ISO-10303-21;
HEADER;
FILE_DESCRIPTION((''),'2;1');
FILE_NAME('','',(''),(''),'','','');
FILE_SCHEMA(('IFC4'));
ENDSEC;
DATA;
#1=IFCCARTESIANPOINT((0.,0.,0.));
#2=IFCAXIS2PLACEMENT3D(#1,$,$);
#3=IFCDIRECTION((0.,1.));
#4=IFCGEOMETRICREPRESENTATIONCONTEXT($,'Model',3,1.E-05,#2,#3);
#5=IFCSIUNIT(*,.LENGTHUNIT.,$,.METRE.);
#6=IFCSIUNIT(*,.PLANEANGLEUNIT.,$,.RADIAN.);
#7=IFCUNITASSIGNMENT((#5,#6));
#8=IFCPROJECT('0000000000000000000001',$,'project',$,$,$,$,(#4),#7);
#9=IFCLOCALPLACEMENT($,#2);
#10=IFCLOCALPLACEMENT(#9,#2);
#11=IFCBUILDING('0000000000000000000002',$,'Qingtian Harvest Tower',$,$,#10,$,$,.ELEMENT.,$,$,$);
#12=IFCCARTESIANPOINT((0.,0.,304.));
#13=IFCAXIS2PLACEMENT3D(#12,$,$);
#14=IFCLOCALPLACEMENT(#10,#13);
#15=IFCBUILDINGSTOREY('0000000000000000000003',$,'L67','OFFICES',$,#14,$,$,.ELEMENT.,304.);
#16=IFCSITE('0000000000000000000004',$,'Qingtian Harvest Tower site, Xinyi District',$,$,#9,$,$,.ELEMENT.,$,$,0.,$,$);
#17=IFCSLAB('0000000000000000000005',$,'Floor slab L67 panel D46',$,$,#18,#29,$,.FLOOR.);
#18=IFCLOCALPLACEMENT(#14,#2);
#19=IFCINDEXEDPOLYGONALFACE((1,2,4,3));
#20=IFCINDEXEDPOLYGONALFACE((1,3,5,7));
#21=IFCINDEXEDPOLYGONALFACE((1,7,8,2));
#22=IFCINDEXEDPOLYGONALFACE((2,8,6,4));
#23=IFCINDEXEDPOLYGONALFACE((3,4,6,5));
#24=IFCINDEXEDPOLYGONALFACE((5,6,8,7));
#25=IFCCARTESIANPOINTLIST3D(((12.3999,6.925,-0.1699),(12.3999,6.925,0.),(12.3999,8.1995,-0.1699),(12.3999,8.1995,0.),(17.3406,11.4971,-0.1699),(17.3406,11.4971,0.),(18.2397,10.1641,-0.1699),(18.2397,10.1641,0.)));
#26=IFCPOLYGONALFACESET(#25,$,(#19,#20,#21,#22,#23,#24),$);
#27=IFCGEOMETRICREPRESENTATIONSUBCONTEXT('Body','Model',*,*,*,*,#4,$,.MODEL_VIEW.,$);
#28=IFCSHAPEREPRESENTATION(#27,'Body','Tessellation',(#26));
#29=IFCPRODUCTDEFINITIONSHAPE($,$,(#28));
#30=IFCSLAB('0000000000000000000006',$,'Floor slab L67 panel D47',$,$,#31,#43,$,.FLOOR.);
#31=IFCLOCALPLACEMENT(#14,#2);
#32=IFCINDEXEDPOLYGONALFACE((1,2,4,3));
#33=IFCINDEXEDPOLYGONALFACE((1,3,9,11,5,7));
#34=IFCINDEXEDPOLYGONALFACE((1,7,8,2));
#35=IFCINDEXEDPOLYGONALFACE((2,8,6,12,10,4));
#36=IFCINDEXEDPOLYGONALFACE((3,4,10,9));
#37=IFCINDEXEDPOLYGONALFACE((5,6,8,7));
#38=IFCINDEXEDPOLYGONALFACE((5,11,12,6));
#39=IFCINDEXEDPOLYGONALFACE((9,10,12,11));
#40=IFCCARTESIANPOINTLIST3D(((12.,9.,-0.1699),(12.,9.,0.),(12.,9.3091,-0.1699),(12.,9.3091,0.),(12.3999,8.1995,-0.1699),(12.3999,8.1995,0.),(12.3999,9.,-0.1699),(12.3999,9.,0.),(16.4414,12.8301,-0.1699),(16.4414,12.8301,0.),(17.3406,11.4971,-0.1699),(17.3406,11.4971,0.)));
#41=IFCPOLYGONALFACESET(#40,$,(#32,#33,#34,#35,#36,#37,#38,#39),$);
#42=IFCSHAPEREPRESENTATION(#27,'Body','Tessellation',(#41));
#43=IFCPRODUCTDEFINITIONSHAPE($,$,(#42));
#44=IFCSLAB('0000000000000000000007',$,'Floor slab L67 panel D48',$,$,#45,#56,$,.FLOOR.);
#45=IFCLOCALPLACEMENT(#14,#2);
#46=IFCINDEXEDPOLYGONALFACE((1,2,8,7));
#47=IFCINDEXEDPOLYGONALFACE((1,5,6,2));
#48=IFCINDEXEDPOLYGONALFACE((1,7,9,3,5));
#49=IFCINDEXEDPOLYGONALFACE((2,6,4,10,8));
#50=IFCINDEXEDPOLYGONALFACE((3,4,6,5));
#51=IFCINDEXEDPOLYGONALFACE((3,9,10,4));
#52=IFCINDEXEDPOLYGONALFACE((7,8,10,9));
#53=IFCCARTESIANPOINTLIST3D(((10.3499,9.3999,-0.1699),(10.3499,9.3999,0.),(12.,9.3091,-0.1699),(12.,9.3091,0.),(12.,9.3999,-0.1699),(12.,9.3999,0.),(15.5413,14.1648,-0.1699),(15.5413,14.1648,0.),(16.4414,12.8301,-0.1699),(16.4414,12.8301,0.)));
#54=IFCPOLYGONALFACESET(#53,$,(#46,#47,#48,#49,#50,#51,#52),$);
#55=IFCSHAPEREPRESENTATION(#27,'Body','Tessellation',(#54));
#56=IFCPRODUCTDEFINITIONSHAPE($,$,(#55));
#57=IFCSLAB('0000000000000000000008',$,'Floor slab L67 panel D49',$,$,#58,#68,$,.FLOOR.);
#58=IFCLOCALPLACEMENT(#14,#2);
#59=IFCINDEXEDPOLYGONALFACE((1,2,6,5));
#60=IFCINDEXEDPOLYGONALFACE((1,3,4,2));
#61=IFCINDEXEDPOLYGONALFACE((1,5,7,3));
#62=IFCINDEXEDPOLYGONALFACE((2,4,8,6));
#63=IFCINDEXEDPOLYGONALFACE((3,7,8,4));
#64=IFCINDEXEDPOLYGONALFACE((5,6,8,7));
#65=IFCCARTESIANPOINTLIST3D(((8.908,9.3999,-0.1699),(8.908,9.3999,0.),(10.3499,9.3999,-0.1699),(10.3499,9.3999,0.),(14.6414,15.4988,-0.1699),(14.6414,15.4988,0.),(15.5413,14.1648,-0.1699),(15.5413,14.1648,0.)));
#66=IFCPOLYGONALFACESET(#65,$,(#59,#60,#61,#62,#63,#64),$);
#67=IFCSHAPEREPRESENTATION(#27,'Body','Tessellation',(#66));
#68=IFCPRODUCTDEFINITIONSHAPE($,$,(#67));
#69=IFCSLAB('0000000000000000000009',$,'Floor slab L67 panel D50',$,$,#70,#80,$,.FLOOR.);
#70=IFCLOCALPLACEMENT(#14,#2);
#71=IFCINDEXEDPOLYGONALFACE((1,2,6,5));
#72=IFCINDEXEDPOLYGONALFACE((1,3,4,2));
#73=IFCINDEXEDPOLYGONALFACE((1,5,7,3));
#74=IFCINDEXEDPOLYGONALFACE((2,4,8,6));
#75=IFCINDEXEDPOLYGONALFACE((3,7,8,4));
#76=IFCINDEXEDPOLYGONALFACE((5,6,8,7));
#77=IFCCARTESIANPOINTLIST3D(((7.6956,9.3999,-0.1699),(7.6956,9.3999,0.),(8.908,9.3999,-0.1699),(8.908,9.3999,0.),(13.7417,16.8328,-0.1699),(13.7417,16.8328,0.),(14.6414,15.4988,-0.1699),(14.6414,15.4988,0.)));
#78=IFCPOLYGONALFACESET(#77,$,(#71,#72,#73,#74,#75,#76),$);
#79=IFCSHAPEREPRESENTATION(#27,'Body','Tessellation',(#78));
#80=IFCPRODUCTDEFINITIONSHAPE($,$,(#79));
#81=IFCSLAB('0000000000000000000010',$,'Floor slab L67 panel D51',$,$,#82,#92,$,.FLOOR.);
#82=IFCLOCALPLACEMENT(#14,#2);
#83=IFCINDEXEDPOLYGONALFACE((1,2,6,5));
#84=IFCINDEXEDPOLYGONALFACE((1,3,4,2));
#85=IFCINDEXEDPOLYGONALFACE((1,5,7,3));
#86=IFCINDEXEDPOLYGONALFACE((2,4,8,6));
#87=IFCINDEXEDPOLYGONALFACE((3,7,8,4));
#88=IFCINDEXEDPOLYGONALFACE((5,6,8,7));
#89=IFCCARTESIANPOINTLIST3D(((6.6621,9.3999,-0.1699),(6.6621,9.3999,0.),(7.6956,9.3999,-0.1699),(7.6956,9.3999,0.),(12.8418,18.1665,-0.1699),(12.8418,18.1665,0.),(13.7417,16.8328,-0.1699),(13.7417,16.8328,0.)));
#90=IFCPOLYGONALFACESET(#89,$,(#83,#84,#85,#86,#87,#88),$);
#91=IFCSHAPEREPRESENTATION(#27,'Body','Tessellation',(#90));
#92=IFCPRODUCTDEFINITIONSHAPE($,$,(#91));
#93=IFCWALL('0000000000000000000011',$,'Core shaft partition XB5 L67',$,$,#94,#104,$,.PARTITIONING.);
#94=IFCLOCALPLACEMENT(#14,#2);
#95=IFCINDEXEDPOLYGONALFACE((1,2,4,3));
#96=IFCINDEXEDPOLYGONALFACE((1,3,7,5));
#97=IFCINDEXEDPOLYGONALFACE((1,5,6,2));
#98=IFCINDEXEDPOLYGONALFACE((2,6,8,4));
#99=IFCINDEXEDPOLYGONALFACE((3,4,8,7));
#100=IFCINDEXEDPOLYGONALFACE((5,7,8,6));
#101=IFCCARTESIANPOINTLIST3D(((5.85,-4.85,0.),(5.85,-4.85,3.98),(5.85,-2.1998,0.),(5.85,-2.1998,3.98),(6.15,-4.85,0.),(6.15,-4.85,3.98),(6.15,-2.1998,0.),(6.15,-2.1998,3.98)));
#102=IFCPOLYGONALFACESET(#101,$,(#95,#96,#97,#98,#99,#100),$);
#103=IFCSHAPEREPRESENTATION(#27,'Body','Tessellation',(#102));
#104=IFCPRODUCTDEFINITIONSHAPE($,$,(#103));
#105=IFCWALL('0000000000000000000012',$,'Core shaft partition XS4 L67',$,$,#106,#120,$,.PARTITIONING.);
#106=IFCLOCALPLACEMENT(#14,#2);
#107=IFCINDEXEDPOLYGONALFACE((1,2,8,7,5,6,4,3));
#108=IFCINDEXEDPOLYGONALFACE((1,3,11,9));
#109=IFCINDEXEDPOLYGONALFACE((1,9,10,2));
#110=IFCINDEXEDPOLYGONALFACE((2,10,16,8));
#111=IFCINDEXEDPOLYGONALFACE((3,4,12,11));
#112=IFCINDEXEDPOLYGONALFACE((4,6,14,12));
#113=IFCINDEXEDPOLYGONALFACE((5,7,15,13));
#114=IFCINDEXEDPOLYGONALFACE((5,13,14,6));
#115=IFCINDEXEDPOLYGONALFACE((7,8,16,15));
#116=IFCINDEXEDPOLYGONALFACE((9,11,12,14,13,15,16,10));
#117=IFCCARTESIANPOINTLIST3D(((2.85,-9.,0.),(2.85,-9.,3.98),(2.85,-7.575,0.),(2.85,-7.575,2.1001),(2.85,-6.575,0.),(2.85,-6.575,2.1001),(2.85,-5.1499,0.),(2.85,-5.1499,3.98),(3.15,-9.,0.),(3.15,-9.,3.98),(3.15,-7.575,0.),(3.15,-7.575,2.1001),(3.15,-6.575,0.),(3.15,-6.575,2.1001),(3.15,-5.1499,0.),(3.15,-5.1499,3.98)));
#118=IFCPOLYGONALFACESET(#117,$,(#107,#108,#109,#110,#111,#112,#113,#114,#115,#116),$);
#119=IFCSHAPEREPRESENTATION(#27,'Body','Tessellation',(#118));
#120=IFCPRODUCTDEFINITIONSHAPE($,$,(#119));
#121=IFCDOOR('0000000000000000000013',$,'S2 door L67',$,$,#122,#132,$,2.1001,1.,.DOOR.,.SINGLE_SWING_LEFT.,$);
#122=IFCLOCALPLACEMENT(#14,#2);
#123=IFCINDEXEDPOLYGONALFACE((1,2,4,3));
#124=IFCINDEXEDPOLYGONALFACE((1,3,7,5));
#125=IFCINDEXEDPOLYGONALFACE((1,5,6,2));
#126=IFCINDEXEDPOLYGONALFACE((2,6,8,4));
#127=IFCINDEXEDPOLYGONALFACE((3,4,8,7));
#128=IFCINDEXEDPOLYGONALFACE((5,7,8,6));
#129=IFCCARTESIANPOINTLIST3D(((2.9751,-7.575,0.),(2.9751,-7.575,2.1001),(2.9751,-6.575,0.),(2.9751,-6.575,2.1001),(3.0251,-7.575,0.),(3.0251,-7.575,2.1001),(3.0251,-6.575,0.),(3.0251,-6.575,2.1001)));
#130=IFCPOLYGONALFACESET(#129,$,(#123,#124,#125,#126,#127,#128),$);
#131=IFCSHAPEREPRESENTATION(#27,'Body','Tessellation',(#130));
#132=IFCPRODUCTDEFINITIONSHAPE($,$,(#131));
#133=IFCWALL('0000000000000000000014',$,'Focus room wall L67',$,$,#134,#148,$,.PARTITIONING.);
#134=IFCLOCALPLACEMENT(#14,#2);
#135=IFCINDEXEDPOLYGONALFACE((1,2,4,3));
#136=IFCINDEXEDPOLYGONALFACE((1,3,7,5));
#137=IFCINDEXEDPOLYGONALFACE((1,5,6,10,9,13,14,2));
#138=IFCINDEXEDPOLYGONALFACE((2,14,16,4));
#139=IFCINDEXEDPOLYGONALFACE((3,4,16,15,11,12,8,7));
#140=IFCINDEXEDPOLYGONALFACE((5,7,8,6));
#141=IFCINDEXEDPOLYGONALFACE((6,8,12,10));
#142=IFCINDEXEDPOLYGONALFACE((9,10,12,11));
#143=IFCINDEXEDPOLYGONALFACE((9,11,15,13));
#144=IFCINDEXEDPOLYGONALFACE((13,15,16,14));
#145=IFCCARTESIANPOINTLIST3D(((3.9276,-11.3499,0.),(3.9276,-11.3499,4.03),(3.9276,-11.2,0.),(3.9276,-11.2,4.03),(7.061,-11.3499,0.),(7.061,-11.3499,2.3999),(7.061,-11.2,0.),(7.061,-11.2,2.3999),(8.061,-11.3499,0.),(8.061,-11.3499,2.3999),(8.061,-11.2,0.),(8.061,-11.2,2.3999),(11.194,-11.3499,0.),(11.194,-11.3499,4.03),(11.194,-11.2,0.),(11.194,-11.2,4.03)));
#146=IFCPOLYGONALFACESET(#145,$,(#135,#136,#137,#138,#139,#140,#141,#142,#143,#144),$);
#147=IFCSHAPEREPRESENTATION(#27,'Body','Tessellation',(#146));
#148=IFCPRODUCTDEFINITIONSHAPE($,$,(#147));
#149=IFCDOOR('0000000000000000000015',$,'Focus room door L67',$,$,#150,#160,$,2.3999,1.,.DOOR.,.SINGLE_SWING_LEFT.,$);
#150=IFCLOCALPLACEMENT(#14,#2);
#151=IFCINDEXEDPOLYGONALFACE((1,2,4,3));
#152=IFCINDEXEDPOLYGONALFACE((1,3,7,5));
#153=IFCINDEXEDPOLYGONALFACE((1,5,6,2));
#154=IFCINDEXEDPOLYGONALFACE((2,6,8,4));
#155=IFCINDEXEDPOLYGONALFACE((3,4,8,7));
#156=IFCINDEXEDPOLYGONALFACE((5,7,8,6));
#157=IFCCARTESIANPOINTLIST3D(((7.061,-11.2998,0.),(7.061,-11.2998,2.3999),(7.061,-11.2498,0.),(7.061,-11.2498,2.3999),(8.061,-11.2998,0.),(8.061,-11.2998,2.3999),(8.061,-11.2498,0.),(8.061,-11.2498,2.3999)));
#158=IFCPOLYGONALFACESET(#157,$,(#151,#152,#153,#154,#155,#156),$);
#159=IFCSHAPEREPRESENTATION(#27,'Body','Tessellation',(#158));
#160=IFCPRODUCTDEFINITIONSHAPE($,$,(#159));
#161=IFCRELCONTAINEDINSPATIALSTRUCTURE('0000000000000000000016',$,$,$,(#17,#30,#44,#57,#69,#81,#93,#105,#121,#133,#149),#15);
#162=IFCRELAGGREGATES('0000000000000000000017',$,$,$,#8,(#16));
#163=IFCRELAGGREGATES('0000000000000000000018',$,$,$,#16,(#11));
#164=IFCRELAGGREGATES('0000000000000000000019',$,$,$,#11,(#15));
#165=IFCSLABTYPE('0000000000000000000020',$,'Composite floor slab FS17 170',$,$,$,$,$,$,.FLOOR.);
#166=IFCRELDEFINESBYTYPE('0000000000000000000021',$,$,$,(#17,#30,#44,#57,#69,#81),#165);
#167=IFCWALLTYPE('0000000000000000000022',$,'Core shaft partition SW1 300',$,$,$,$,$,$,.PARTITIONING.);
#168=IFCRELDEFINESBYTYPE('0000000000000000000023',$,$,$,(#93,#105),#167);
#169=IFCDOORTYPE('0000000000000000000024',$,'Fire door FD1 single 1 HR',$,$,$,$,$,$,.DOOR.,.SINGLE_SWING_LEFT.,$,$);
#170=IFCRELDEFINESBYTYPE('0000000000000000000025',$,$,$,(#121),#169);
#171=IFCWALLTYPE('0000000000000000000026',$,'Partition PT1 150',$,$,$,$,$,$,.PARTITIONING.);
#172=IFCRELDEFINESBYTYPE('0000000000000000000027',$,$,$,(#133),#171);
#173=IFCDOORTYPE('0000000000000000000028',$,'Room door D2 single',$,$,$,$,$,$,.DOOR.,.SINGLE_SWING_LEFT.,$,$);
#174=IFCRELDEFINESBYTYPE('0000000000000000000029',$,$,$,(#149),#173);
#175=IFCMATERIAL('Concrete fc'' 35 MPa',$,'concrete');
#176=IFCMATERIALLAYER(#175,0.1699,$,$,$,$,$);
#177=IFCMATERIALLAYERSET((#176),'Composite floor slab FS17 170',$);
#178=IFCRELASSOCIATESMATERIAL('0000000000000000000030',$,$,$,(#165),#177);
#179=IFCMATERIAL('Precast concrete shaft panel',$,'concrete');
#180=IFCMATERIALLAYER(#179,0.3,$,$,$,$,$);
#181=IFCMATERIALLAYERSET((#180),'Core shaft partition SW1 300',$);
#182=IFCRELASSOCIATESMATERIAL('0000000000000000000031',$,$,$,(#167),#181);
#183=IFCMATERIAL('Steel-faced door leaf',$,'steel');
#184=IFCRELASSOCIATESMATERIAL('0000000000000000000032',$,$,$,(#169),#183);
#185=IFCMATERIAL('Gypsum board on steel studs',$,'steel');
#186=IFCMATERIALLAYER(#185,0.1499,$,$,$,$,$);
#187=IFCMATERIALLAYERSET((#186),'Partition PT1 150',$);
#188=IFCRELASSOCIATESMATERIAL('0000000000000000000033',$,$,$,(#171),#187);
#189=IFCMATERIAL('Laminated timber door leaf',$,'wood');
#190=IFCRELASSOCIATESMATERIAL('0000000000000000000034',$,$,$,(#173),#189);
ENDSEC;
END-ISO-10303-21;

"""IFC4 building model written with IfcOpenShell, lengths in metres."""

from ifc_helpers import new_model, si_unit, direction, frame, frame_2d, origin, place, context, subcontext, project, spatial, polyline, rectangle, outline, extrude, material, layer, layer_set, type_object, element, fill, save


model = new_model("IFC4")

# Units and contexts
model_context = context("Model", 3, precision=1e-05, world=origin(), true_north=direction((0.0, 1.0)))
body_context = subcontext(model_context, "Body", "Model", "MODEL_VIEW")
ifc_project = project(units=[si_unit("LENGTHUNIT", "METRE"), si_unit("PLANEANGLEUNIT", "RADIAN")], contexts=[model_context])

# Site, building, storey
site_placement = place(None, origin())
site = spatial("IfcSite", under=ifc_project, at=site_placement, Name="Qingtian Harvest Tower site, Xinyi District", CompositionType="ELEMENT", RefElevation=0.0)
building_placement = place(site_placement, origin())
building = spatial("IfcBuilding", under=site, at=building_placement, Name="Qingtian Harvest Tower", CompositionType="ELEMENT")
storey_placement = place(building_placement, frame((0.0, 0.0, 304.0)))
storey = spatial("IfcBuildingStorey", under=building, at=storey_placement, Name="L67", Description="OFFICES", CompositionType="ELEMENT", Elevation=304.0)

# Slabs
ifc_material_1 = material(Name="Concrete fc' 35 MPa", Category="concrete")
ifc_layer_1 = layer(ifc_material_1, 0.1699)
ifc_layer_set_1 = layer_set([ifc_layer_1], Name="Composite floor slab FS17 170")
slab_type = type_object("IfcSlabType", Name="Composite floor slab FS17 170", PredefinedType="FLOOR", material=ifc_layer_set_1)
slab_1_placement = place(storey_placement, frame((0.0, 0.0, -0.1699)))
element("IfcSlab", 1, at=slab_1_placement, inside=storey, type_object=slab_type, Name="Floor slab L67 panel D46", PredefinedType="FLOOR", context=body_context, shape_type="SweptSolid", body=[
    extrude(outline(polyline([(12.3999, 8.1995), (17.3406, 11.4971), (18.2397, 10.1641), (12.3999, 6.925), (12.3999, 8.1995)])), origin(), (0.0, 0.0, 1.0), 0.1699),
])
slab_2_placement = place(storey_placement, frame((0.0, 0.0, -0.1699)))
element("IfcSlab", 2, at=slab_2_placement, inside=storey, type_object=slab_type, Name="Floor slab L67 panel D47", PredefinedType="FLOOR", context=body_context, shape_type="SweptSolid", body=[
    extrude(outline(polyline([(12.3999, 9.0), (12.0, 9.0), (12.0, 9.3091), (16.4414, 12.8301), (17.3406, 11.4971), (12.3999, 8.1995), (12.3999, 9.0)])), origin(), (0.0, 0.0, 1.0), 0.1699),
])
slab_3_placement = place(storey_placement, frame((0.0, 0.0, -0.1699)))
element("IfcSlab", 3, at=slab_3_placement, inside=storey, type_object=slab_type, Name="Floor slab L67 panel D48", PredefinedType="FLOOR", context=body_context, shape_type="SweptSolid", body=[
    extrude(outline(polyline([(12.0, 9.3999), (10.3499, 9.3999), (15.5413, 14.1648), (16.4414, 12.8301), (12.0, 9.3091), (12.0, 9.3999)])), origin(), (0.0, 0.0, 1.0), 0.1699),
])
slab_4_placement = place(storey_placement, frame((0.0, 0.0, -0.1699)))
element("IfcSlab", 4, at=slab_4_placement, inside=storey, type_object=slab_type, Name="Floor slab L67 panel D49", PredefinedType="FLOOR", context=body_context, shape_type="SweptSolid", body=[
    extrude(outline(polyline([(8.908, 9.3999), (14.6414, 15.4988), (15.5413, 14.1648), (10.3499, 9.3999), (8.908, 9.3999)])), origin(), (0.0, 0.0, 1.0), 0.1699),
])
slab_5_placement = place(storey_placement, frame((0.0, 0.0, -0.1699)))
element("IfcSlab", 5, at=slab_5_placement, inside=storey, type_object=slab_type, Name="Floor slab L67 panel D50", PredefinedType="FLOOR", context=body_context, shape_type="SweptSolid", body=[
    extrude(outline(polyline([(7.6956, 9.3999), (13.7417, 16.8328), (14.6414, 15.4988), (8.908, 9.3999), (7.6956, 9.3999)])), origin(), (0.0, 0.0, 1.0), 0.1699),
])
slab_6_placement = place(storey_placement, frame((0.0, 0.0, -0.1699)))
element("IfcSlab", 6, at=slab_6_placement, inside=storey, type_object=slab_type, Name="Floor slab L67 panel D51", PredefinedType="FLOOR", context=body_context, shape_type="SweptSolid", body=[
    extrude(outline(polyline([(6.6621, 9.3999), (12.8418, 18.1665), (13.7417, 16.8328), (7.6956, 9.3999), (6.6621, 9.3999)])), origin(), (0.0, 0.0, 1.0), 0.1699),
])

# Wall
ifc_material_2 = material(Name="Precast concrete shaft panel", Category="concrete")
ifc_layer_2 = layer(ifc_material_2, 0.3)
ifc_layer_set_2 = layer_set([ifc_layer_2], Name="Core shaft partition SW1 300")
wall_type_1 = type_object("IfcWallType", Name="Core shaft partition SW1 300", PredefinedType="PARTITIONING", material=ifc_layer_set_2)
wall_1_placement = place(storey_placement, frame((6.0, -4.8501, 0.0), z_axis=(0.0, 0.0, 1.0), x_axis=(0.0, 1.0, 0.0)))
element("IfcWall", 7, at=wall_1_placement, inside=storey, type_object=wall_type_1, Name="Core shaft partition XB5 L67", PredefinedType="PARTITIONING", context=body_context, shape_type="SweptSolid", body=[
    extrude(rectangle(XDim=2.6501, YDim=0.3, at=frame_2d((1.3252, 0.0))), origin(), (0.0, 0.0, 1.0), 3.98),
])

# Walls, openings, doors
wall_2_placement = place(storey_placement, frame((3.0, -9.0, 0.0), z_axis=(0.0, 0.0, 1.0), x_axis=(0.0, 1.0, 0.0)))
wall_2 = element("IfcWall", 8, at=wall_2_placement, inside=storey, type_object=wall_type_1, Name="Core shaft partition XS4 L67", PredefinedType="PARTITIONING", context=body_context, shape_type="SweptSolid", body=[
    extrude(rectangle(XDim=3.8501, YDim=0.3, at=frame_2d((1.925, 0.0))), origin(), (0.0, 0.0, 1.0), 3.98),
])
opening_1_placement = place(wall_2_placement, frame((1.425, 0.0, 0.0)))
opening_1 = element("IfcOpeningElement", 9, at=opening_1_placement, cuts=wall_2, PredefinedType="OPENING", context=body_context, shape_type="SweptSolid", body=[
    extrude(rectangle(XDim=1.0, YDim=2.1001, at=frame_2d((0.5, 1.05))), frame((0.0, 0.1599, 0.0), z_axis=(0.0, -1.0, 0.0), x_axis=(1.0, 0.0, 0.0)), (0.0, 0.0, 1.0), 0.3201),
])
ifc_material_3 = material(Name="Steel-faced door leaf", Category="steel")
door_type_1 = type_object("IfcDoorType", Name="Fire door FD1 single 1 HR", OperationType="SINGLE_SWING_LEFT", PredefinedType="DOOR", material=ifc_material_3)
door_1_placement = place(opening_1_placement, origin())
door_1 = element("IfcDoor", 10, at=door_1_placement, inside=storey, type_object=door_type_1, Name="S2 door L67", OperationType="SINGLE_SWING_LEFT", OverallHeight=2.1001, OverallWidth=1.0, PredefinedType="DOOR", context=body_context, shape_type="SweptSolid", body=[
    extrude(rectangle(XDim=1.0, YDim=2.1001, at=frame_2d((0.5, 1.05))), frame((0.0, 0.0249, 0.0), z_axis=(0.0, -1.0, 0.0), x_axis=(1.0, 0.0, 0.0)), (0.0, 0.0, 1.0), 0.05),
])
fill(opening_1, door_1)
ifc_material_4 = material(Name="Gypsum board on steel studs", Category="steel")
ifc_layer_3 = layer(ifc_material_4, 0.1499)
ifc_layer_set_3 = layer_set([ifc_layer_3], Name="Partition PT1 150")
wall_type_2 = type_object("IfcWallType", Name="Partition PT1 150", PredefinedType="PARTITIONING", material=ifc_layer_set_3)
wall_3_placement = place(storey_placement, frame((11.1941, -11.2749, 0.0), z_axis=(0.0, 0.0, 1.0), x_axis=(-1.0, 0.0, 0.0)))
wall_3 = element("IfcWall", 11, at=wall_3_placement, inside=storey, type_object=wall_type_2, Name="Focus room wall L67", PredefinedType="PARTITIONING", context=body_context, shape_type="SweptSolid", body=[
    extrude(rectangle(XDim=7.2664, YDim=0.1499, at=frame_2d((3.6333, 0.0))), origin(), (0.0, 0.0, 1.0), 4.03),
])
opening_2_placement = place(wall_3_placement, frame((3.1331, 0.0, 0.0)))
opening_2 = element("IfcOpeningElement", 12, at=opening_2_placement, cuts=wall_3, PredefinedType="OPENING", context=body_context, shape_type="SweptSolid", body=[
    extrude(rectangle(XDim=1.0, YDim=2.3999, at=frame_2d((0.5, 1.2))), frame((0.0, 0.085, 0.0), z_axis=(0.0, -1.0, 0.0), x_axis=(1.0, 0.0, 0.0)), (0.0, 0.0, 1.0), 0.1699),
])
ifc_material_5 = material(Name="Laminated timber door leaf", Category="wood")
door_type_2 = type_object("IfcDoorType", Name="Room door D2 single", OperationType="SINGLE_SWING_LEFT", PredefinedType="DOOR", material=ifc_material_5)
door_2_placement = place(opening_2_placement, origin())
door_2 = element("IfcDoor", 13, at=door_2_placement, inside=storey, type_object=door_type_2, Name="Focus room door L67", OperationType="SINGLE_SWING_LEFT", OverallHeight=2.3999, OverallWidth=1.0, PredefinedType="DOOR", context=body_context, shape_type="SweptSolid", body=[
    extrude(rectangle(XDim=1.0, YDim=2.3999, at=frame_2d((0.5, 1.2))), frame((0.0, 0.0249, 0.0), z_axis=(0.0, -1.0, 0.0), x_axis=(1.0, 0.0, 0.0)), (0.0, 0.0, 1.0), 0.05),
])
fill(opening_2, door_2)

save(model, "model.ifc")
